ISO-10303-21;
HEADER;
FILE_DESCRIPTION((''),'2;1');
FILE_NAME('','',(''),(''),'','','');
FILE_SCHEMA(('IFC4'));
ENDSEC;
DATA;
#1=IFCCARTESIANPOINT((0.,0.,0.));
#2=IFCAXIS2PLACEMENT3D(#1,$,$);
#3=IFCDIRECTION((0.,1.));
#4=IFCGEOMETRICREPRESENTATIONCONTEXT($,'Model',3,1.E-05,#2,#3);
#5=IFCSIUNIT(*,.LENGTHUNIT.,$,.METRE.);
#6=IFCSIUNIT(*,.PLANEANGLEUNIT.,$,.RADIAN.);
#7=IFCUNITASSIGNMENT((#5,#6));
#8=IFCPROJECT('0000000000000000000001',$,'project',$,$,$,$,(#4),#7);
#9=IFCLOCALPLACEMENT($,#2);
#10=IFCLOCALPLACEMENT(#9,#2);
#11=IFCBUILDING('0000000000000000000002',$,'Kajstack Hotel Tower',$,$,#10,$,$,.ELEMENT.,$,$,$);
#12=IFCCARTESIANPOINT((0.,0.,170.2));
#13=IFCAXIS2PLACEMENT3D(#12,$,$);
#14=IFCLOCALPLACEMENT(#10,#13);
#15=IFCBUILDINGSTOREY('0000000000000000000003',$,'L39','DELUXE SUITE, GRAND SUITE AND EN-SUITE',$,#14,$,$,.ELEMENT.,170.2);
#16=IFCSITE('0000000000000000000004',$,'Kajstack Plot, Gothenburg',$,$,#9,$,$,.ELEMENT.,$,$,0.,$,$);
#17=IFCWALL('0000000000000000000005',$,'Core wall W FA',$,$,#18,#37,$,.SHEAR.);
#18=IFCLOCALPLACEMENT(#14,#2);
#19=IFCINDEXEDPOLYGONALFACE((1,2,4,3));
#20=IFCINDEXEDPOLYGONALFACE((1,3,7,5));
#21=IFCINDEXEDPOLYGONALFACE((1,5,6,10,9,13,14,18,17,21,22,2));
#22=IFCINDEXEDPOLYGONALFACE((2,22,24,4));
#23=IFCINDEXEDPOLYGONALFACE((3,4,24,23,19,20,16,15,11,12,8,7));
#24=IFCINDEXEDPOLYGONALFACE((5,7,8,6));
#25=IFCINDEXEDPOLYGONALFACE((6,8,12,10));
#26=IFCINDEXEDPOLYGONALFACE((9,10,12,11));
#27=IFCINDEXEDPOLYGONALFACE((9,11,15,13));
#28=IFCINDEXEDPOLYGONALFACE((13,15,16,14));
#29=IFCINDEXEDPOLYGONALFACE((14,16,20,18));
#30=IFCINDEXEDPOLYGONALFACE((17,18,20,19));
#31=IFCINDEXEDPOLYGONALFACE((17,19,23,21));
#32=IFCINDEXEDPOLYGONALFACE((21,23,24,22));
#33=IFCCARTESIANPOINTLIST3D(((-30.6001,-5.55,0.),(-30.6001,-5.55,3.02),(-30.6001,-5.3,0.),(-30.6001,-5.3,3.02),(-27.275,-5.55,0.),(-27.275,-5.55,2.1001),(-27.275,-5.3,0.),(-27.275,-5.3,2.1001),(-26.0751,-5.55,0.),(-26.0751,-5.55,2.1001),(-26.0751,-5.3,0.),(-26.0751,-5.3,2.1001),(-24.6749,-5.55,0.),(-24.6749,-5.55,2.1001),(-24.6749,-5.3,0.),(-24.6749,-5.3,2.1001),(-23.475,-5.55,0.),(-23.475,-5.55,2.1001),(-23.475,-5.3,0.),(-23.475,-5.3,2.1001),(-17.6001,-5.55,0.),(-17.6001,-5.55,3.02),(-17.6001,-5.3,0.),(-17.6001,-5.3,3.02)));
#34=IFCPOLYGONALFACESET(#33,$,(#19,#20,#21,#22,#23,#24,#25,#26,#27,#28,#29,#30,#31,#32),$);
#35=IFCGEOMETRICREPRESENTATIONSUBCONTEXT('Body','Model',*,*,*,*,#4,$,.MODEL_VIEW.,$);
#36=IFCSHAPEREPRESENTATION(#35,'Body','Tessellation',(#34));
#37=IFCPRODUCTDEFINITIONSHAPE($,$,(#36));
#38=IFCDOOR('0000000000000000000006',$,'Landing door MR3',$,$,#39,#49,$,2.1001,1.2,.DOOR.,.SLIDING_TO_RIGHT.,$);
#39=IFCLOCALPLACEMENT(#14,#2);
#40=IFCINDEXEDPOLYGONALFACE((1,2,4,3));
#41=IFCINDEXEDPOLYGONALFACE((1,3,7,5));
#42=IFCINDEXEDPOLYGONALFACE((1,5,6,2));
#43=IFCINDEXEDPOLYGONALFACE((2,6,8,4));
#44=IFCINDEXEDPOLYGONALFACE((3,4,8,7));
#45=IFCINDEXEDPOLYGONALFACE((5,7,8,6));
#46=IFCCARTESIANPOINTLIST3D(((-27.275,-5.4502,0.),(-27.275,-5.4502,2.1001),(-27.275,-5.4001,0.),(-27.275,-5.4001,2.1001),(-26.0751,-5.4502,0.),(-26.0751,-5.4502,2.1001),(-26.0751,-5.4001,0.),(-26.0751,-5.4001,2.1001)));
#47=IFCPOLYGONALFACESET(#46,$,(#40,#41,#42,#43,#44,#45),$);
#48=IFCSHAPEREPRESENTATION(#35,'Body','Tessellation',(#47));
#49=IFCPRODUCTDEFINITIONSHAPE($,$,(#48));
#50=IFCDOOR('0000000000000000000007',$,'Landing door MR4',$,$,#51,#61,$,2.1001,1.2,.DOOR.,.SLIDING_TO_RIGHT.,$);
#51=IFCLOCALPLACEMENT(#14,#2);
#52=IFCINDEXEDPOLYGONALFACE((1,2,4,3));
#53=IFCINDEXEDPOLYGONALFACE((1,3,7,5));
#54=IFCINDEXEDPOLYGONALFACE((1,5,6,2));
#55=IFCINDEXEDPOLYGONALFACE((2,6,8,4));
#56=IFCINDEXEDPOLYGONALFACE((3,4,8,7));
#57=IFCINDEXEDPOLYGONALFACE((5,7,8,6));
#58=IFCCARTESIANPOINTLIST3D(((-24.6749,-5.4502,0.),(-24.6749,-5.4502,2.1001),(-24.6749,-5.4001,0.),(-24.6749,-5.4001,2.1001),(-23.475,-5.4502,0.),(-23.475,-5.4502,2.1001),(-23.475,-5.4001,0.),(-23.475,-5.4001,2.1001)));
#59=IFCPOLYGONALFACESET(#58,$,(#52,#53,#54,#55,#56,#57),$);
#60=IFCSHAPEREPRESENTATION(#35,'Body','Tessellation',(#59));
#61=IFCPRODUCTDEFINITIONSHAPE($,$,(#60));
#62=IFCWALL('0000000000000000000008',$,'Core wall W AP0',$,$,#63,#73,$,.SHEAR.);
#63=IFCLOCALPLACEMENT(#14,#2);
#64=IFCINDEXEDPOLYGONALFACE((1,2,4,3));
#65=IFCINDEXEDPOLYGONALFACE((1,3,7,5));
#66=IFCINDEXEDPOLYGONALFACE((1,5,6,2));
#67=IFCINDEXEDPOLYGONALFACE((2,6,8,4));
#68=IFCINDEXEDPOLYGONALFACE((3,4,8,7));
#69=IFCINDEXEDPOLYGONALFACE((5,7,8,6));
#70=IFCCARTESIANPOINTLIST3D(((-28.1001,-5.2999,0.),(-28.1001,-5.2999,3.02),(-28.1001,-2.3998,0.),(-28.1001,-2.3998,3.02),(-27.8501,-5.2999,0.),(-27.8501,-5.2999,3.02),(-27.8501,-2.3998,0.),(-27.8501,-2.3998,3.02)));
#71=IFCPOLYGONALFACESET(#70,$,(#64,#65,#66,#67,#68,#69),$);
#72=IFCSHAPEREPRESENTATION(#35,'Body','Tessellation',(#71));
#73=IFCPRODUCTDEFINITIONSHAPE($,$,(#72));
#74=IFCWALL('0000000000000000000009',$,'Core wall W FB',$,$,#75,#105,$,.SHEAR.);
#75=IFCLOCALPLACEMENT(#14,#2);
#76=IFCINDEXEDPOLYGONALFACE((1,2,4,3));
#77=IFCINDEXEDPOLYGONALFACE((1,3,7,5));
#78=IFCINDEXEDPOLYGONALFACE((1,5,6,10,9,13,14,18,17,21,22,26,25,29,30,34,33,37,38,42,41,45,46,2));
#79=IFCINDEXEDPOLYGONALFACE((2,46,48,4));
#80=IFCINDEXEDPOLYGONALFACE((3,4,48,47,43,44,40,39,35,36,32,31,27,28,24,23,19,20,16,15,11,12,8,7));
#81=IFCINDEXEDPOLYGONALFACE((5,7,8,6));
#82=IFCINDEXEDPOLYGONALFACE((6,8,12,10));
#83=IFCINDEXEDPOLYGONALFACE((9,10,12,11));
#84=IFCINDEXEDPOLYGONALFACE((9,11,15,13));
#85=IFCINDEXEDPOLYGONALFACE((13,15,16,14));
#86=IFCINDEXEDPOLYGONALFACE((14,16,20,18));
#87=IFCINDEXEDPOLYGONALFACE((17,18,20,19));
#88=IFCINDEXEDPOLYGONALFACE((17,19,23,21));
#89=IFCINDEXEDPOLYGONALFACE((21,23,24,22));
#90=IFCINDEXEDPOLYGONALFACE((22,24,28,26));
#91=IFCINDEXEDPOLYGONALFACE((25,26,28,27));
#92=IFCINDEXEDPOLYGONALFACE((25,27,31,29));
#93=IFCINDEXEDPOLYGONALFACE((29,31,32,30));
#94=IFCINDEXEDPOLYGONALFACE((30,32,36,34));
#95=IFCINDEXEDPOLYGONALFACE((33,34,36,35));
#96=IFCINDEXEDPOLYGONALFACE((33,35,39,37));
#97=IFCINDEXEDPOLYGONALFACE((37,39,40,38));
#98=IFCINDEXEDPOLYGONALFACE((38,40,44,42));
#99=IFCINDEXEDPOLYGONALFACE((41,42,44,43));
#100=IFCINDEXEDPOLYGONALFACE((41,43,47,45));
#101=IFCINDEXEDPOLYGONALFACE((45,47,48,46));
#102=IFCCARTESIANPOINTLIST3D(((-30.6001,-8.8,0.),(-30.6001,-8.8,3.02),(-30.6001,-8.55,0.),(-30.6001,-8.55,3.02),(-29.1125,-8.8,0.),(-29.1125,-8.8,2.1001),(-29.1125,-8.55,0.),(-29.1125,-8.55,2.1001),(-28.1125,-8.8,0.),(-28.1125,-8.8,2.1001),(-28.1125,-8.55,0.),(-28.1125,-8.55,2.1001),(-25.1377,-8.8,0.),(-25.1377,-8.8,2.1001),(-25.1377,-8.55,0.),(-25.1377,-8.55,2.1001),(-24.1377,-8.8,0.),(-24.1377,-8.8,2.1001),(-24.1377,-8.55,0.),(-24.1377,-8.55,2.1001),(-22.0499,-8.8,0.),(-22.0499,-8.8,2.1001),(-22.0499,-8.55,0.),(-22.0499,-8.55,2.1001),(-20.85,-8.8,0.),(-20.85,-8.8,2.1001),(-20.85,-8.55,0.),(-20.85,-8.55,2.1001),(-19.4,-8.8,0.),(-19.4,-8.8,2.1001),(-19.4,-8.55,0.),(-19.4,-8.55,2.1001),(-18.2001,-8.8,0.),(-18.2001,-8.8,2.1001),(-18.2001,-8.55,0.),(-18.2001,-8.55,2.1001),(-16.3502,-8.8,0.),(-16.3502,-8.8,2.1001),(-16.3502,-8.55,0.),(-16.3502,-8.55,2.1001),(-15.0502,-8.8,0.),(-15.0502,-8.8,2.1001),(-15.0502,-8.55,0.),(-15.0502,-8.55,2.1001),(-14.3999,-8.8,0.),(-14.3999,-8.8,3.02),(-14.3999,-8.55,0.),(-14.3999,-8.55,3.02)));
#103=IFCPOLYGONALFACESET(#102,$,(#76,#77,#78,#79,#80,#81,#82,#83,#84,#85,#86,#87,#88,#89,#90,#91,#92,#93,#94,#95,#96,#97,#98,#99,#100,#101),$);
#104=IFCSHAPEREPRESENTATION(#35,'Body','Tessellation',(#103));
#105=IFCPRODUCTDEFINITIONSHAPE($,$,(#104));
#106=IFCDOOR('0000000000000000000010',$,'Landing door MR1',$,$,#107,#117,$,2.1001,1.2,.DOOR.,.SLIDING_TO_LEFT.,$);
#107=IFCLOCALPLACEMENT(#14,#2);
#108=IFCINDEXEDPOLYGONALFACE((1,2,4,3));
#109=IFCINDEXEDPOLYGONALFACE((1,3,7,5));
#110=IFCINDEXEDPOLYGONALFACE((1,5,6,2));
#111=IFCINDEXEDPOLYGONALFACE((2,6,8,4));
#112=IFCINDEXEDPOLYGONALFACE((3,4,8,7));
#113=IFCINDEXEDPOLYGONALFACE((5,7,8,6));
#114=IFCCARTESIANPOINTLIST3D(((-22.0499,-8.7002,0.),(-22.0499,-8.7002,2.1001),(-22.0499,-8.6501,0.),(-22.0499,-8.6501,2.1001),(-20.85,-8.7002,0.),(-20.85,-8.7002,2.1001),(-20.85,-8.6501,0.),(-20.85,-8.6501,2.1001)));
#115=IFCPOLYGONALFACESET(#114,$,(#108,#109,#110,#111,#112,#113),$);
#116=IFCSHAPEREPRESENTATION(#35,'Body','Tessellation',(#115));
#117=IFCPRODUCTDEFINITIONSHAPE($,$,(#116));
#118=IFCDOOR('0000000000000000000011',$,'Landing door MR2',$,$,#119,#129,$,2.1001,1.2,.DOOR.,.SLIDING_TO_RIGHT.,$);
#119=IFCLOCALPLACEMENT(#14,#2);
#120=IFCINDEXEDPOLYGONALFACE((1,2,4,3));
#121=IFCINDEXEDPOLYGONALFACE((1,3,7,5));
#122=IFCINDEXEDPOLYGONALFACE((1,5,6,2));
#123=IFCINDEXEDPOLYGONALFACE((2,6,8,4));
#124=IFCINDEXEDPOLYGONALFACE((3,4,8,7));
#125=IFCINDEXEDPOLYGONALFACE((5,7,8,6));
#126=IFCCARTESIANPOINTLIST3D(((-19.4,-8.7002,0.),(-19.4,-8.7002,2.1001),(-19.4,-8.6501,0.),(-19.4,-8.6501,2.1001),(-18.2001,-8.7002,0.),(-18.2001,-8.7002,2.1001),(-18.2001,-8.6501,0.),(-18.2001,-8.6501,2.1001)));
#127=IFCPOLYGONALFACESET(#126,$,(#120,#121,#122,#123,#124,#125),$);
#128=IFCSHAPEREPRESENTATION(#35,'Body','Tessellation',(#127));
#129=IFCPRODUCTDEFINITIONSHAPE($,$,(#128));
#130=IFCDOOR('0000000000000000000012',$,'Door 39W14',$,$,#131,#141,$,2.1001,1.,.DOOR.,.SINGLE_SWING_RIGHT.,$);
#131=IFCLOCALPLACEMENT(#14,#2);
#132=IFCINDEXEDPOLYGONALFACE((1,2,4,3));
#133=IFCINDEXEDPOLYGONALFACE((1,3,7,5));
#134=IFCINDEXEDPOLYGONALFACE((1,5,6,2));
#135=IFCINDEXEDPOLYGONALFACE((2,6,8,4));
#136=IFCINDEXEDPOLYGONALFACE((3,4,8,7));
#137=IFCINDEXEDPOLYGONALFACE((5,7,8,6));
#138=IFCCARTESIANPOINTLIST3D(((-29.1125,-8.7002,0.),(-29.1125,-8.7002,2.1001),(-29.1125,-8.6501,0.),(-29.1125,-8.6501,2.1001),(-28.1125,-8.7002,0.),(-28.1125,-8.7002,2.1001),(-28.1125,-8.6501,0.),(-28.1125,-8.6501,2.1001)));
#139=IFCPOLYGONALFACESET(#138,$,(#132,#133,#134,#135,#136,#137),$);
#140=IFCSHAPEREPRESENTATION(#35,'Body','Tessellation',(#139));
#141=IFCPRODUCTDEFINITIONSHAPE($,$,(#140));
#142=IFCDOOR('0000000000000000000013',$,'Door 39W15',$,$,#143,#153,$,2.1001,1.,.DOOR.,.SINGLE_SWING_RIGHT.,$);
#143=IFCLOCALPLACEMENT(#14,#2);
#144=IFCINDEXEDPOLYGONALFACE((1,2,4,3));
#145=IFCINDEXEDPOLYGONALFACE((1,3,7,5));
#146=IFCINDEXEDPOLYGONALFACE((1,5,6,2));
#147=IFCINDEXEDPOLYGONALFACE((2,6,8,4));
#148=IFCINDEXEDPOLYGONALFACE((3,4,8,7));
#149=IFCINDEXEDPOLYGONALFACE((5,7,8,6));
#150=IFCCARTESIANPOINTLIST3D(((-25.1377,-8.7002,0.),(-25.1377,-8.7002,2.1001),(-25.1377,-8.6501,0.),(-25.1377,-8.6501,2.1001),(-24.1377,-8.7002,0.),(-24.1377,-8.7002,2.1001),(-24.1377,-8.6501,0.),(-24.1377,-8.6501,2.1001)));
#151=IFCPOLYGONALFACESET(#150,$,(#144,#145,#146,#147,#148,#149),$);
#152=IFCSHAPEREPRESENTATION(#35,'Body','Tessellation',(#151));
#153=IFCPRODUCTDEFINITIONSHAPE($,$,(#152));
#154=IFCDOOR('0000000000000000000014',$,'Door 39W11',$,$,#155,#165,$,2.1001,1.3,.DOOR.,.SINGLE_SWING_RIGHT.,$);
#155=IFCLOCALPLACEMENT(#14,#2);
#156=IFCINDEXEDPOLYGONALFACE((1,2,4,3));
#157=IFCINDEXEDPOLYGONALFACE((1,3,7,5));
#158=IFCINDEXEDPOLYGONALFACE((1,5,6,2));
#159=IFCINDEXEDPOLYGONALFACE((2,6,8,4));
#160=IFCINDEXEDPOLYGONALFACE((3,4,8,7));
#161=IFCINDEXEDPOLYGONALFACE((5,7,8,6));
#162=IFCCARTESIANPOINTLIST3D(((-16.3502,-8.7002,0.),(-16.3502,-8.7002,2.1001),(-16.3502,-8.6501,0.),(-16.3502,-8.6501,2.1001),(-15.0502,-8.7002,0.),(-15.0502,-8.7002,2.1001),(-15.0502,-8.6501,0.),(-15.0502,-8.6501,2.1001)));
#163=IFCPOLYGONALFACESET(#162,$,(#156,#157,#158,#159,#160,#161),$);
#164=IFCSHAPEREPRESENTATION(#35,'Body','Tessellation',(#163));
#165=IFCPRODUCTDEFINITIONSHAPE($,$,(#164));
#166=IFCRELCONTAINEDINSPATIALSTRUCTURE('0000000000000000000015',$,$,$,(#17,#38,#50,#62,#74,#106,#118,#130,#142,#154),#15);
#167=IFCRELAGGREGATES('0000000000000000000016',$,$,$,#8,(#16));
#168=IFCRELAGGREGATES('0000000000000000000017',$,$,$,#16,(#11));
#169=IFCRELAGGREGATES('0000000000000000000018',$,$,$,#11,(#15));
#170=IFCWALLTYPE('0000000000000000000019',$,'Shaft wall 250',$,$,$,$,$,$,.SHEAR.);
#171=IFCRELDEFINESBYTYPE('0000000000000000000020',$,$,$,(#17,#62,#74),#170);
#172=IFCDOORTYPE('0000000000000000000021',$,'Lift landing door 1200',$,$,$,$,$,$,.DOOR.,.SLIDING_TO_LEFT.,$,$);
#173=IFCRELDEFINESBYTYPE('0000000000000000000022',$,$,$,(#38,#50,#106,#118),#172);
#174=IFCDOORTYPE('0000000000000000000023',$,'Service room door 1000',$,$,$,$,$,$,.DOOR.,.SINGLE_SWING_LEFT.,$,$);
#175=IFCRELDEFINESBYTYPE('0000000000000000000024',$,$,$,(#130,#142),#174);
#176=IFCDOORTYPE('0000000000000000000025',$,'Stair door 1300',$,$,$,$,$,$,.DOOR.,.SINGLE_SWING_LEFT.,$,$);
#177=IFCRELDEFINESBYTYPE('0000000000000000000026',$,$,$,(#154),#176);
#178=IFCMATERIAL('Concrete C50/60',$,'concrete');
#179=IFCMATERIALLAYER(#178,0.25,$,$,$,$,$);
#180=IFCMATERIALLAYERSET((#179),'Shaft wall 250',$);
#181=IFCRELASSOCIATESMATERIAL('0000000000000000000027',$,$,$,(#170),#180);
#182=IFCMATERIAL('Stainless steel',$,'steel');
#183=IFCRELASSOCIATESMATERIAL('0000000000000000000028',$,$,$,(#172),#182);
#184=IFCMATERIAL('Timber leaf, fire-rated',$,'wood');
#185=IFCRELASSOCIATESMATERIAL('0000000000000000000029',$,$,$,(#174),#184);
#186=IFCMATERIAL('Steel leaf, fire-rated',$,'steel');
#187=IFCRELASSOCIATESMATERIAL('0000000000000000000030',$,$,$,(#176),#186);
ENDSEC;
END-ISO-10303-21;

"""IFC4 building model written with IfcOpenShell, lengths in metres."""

from ifc_helpers import new_model, si_unit, direction, frame, frame_2d, origin, place, context, subcontext, project, spatial, rectangle, extrude, material, layer, layer_set, type_object, element, fill, save


model = new_model("IFC4")

# Units and contexts
model_context = context("Model", 3, precision=1e-05, world=origin(), true_north=direction((0.0, 1.0)))
body_context = subcontext(model_context, "Body", "Model", "MODEL_VIEW")
ifc_project = project(units=[si_unit("LENGTHUNIT", "METRE"), si_unit("PLANEANGLEUNIT", "RADIAN")], contexts=[model_context])

# Site, building, storey
site_placement = place(None, origin())
site = spatial("IfcSite", under=ifc_project, at=site_placement, Name="Kajstack Plot, Gothenburg", CompositionType="ELEMENT", RefElevation=0.0)
building_placement = place(site_placement, origin())
building = spatial("IfcBuilding", under=site, at=building_placement, Name="Kajstack Hotel Tower", CompositionType="ELEMENT")
storey_placement = place(building_placement, frame((0.0, 0.0, 170.2)))
storey = spatial("IfcBuildingStorey", under=building, at=storey_placement, Name="L39", Description="DELUXE SUITE, GRAND SUITE AND EN-SUITE", CompositionType="ELEMENT", Elevation=170.2)

# Wall, openings, doors
ifc_material_1 = material(Name="Concrete C50/60", Category="concrete")
ifc_layer_1 = layer(ifc_material_1, 0.25)
ifc_layer_set_1 = layer_set([ifc_layer_1], Name="Shaft wall 250")
wall_type_1 = type_object("IfcWallType", Name="Shaft wall 250", PredefinedType="SHEAR", material=ifc_layer_set_1)
wall_1_placement = place(storey_placement, frame((-30.6001, -5.425, 0.0), z_axis=(0.0, 0.0, 1.0), x_axis=(1.0, 0.0, 0.0)))
wall_1 = element("IfcWall", 1, at=wall_1_placement, inside=storey, type_object=wall_type_1, Name="Core wall W FA", PredefinedType="SHEAR", context=body_context, shape_type="SweptSolid", body=[
    extrude(rectangle(XDim=13.0, YDim=0.25, at=frame_2d((6.5, 0.0))), origin(), (0.0, 0.0, 1.0), 3.02),
])
opening_1_placement = place(wall_1_placement, frame((3.325, 0.0, 0.0)))
opening_1 = element("IfcOpeningElement", 2, at=opening_1_placement, cuts=wall_1, PredefinedType="OPENING", context=body_context, shape_type="SweptSolid", body=[
    extrude(rectangle(XDim=1.2, YDim=2.1001, at=frame_2d((0.6001, 1.05))), frame((0.0, 0.135, 0.0), z_axis=(0.0, -1.0, 0.0), x_axis=(1.0, 0.0, 0.0)), (0.0, 0.0, 1.0), 0.27),
])
opening_2_placement = place(wall_1_placement, frame((5.925, 0.0, 0.0)))
opening_2 = element("IfcOpeningElement", 3, at=opening_2_placement, cuts=wall_1, PredefinedType="OPENING", context=body_context, shape_type="SweptSolid", body=[
    extrude(rectangle(XDim=1.2, YDim=2.1001, at=frame_2d((0.6001, 1.05))), frame((0.0, 0.135, 0.0), z_axis=(0.0, -1.0, 0.0), x_axis=(1.0, 0.0, 0.0)), (0.0, 0.0, 1.0), 0.27),
])
ifc_material_2 = material(Name="Stainless steel", Category="steel")
door_type_1 = type_object("IfcDoorType", Name="Lift landing door 1200", OperationType="SLIDING_TO_LEFT", PredefinedType="DOOR", material=ifc_material_2)
door_1_placement = place(opening_1_placement, origin())
door_1 = element("IfcDoor", 4, at=door_1_placement, inside=storey, type_object=door_type_1, Name="Landing door MR3", OperationType="SLIDING_TO_RIGHT", OverallHeight=2.1001, OverallWidth=1.2, PredefinedType="DOOR", context=body_context, shape_type="SweptSolid", body=[
    extrude(rectangle(XDim=1.2, YDim=2.1001, at=frame_2d((0.6001, 1.05))), frame((0.0, 0.0249, 0.0), z_axis=(0.0, -1.0, 0.0), x_axis=(1.0, 0.0, 0.0)), (0.0, 0.0, 1.0), 0.05),
])
fill(opening_1, door_1)
door_2_placement = place(opening_2_placement, origin())
door_2 = element("IfcDoor", 5, at=door_2_placement, inside=storey, type_object=door_type_1, Name="Landing door MR4", OperationType="SLIDING_TO_RIGHT", OverallHeight=2.1001, OverallWidth=1.2, PredefinedType="DOOR", context=body_context, shape_type="SweptSolid", body=[
    extrude(rectangle(XDim=1.2, YDim=2.1001, at=frame_2d((0.6001, 1.05))), frame((0.0, 0.0249, 0.0), z_axis=(0.0, -1.0, 0.0), x_axis=(1.0, 0.0, 0.0)), (0.0, 0.0, 1.0), 0.05),
])
fill(opening_2, door_2)

# Wall
wall_2_placement = place(storey_placement, frame((-27.9751, -5.3, 0.0), z_axis=(0.0, 0.0, 1.0), x_axis=(0.0, 1.0, 0.0)))
element("IfcWall", 6, at=wall_2_placement, inside=storey, type_object=wall_type_1, Name="Core wall W AP0", PredefinedType="SHEAR", context=body_context, shape_type="SweptSolid", body=[
    extrude(rectangle(XDim=2.9001, YDim=0.25, at=frame_2d((1.4502, 0.0))), origin(), (0.0, 0.0, 1.0), 3.02),
])

# Wall, openings, doors
wall_3_placement = place(storey_placement, frame((-30.6001, -8.675, 0.0), z_axis=(0.0, 0.0, 1.0), x_axis=(1.0, 0.0, 0.0)))
wall_3 = element("IfcWall", 7, at=wall_3_placement, inside=storey, type_object=wall_type_1, Name="Core wall W FB", PredefinedType="SHEAR", context=body_context, shape_type="SweptSolid", body=[
    extrude(rectangle(XDim=16.2002, YDim=0.25, at=frame_2d((8.1001, 0.0))), origin(), (0.0, 0.0, 1.0), 3.02),
])
opening_3_placement = place(wall_3_placement, frame((8.55, 0.0, 0.0)))
opening_3 = element("IfcOpeningElement", 8, at=opening_3_placement, cuts=wall_3, PredefinedType="OPENING", context=body_context, shape_type="SweptSolid", body=[
    extrude(rectangle(XDim=1.2, YDim=2.1001, at=frame_2d((0.6001, 1.05))), frame((0.0, 0.135, 0.0), z_axis=(0.0, -1.0, 0.0), x_axis=(1.0, 0.0, 0.0)), (0.0, 0.0, 1.0), 0.27),
])
opening_4_placement = place(wall_3_placement, frame((11.2, 0.0, 0.0)))
opening_4 = element("IfcOpeningElement", 9, at=opening_4_placement, cuts=wall_3, PredefinedType="OPENING", context=body_context, shape_type="SweptSolid", body=[
    extrude(rectangle(XDim=1.2, YDim=2.1001, at=frame_2d((0.6001, 1.05))), frame((0.0, 0.135, 0.0), z_axis=(0.0, -1.0, 0.0), x_axis=(1.0, 0.0, 0.0)), (0.0, 0.0, 1.0), 0.27),
])
opening_5_placement = place(wall_3_placement, frame((14.25, 0.0, 0.0)))
opening_5 = element("IfcOpeningElement", 10, at=opening_5_placement, cuts=wall_3, PredefinedType="OPENING", context=body_context, shape_type="SweptSolid", body=[
    extrude(rectangle(XDim=1.3, YDim=2.1001, at=frame_2d((0.6499, 1.05))), frame((0.0, 0.135, 0.0), z_axis=(0.0, -1.0, 0.0), x_axis=(1.0, 0.0, 0.0)), (0.0, 0.0, 1.0), 0.27),
])
opening_6_placement = place(wall_3_placement, frame((1.4875, 0.0, 0.0)))
opening_6 = element("IfcOpeningElement", 11, at=opening_6_placement, cuts=wall_3, PredefinedType="OPENING", context=body_context, shape_type="SweptSolid", body=[
    extrude(rectangle(XDim=1.0, YDim=2.1001, at=frame_2d((0.5, 1.05))), frame((0.0, 0.135, 0.0), z_axis=(0.0, -1.0, 0.0), x_axis=(1.0, 0.0, 0.0)), (0.0, 0.0, 1.0), 0.27),
])
opening_7_placement = place(wall_3_placement, frame((5.4624, 0.0, 0.0)))
opening_7 = element("IfcOpeningElement", 12, at=opening_7_placement, cuts=wall_3, PredefinedType="OPENING", context=body_context, shape_type="SweptSolid", body=[
    extrude(rectangle(XDim=1.0, YDim=2.1001, at=frame_2d((0.5, 1.05))), frame((0.0, 0.135, 0.0), z_axis=(0.0, -1.0, 0.0), x_axis=(1.0, 0.0, 0.0)), (0.0, 0.0, 1.0), 0.27),
])
door_3_placement = place(opening_3_placement, origin())
door_3 = element("IfcDoor", 13, at=door_3_placement, inside=storey, type_object=door_type_1, Name="Landing door MR1", OperationType="SLIDING_TO_LEFT", OverallHeight=2.1001, OverallWidth=1.2, PredefinedType="DOOR", context=body_context, shape_type="SweptSolid", body=[
    extrude(rectangle(XDim=1.2, YDim=2.1001, at=frame_2d((0.6001, 1.05))), frame((0.0, 0.0249, 0.0), z_axis=(0.0, -1.0, 0.0), x_axis=(1.0, 0.0, 0.0)), (0.0, 0.0, 1.0), 0.05),
])
fill(opening_3, door_3)
door_4_placement = place(opening_4_placement, origin())
door_4 = element("IfcDoor", 14, at=door_4_placement, inside=storey, type_object=door_type_1, Name="Landing door MR2", OperationType="SLIDING_TO_RIGHT", OverallHeight=2.1001, OverallWidth=1.2, PredefinedType="DOOR", context=body_context, shape_type="SweptSolid", body=[
    extrude(rectangle(XDim=1.2, YDim=2.1001, at=frame_2d((0.6001, 1.05))), frame((0.0, 0.0249, 0.0), z_axis=(0.0, -1.0, 0.0), x_axis=(1.0, 0.0, 0.0)), (0.0, 0.0, 1.0), 0.05),
])
fill(opening_4, door_4)
ifc_material_3 = material(Name="Timber leaf, fire-rated", Category="wood")
door_type_2 = type_object("IfcDoorType", Name="Service room door 1000", OperationType="SINGLE_SWING_LEFT", PredefinedType="DOOR", material=ifc_material_3)
door_5_placement = place(opening_6_placement, origin())
door_5 = element("IfcDoor", 15, at=door_5_placement, inside=storey, type_object=door_type_2, Name="Door 39W14", OperationType="SINGLE_SWING_RIGHT", OverallHeight=2.1001, OverallWidth=1.0, PredefinedType="DOOR", context=body_context, shape_type="SweptSolid", body=[
    extrude(rectangle(XDim=1.0, YDim=2.1001, at=frame_2d((0.5, 1.05))), frame((0.0, 0.0249, 0.0), z_axis=(0.0, -1.0, 0.0), x_axis=(1.0, 0.0, 0.0)), (0.0, 0.0, 1.0), 0.05),
])
fill(opening_6, door_5)
door_6_placement = place(opening_7_placement, origin())
door_6 = element("IfcDoor", 16, at=door_6_placement, inside=storey, type_object=door_type_2, Name="Door 39W15", OperationType="SINGLE_SWING_RIGHT", OverallHeight=2.1001, OverallWidth=1.0, PredefinedType="DOOR", context=body_context, shape_type="SweptSolid", body=[
    extrude(rectangle(XDim=1.0, YDim=2.1001, at=frame_2d((0.5, 1.05))), frame((0.0, 0.0249, 0.0), z_axis=(0.0, -1.0, 0.0), x_axis=(1.0, 0.0, 0.0)), (0.0, 0.0, 1.0), 0.05),
])
fill(opening_7, door_6)
ifc_material_4 = material(Name="Steel leaf, fire-rated", Category="steel")
door_type_3 = type_object("IfcDoorType", Name="Stair door 1300", OperationType="SINGLE_SWING_LEFT", PredefinedType="DOOR", material=ifc_material_4)
door_7_placement = place(opening_5_placement, origin())
door_7 = element("IfcDoor", 17, at=door_7_placement, inside=storey, type_object=door_type_3, Name="Door 39W11", OperationType="SINGLE_SWING_RIGHT", OverallHeight=2.1001, OverallWidth=1.3, PredefinedType="DOOR", context=body_context, shape_type="SweptSolid", body=[
    extrude(rectangle(XDim=1.3, YDim=2.1001, at=frame_2d((0.6499, 1.05))), frame((0.0, 0.0249, 0.0), z_axis=(0.0, -1.0, 0.0), x_axis=(1.0, 0.0, 0.0)), (0.0, 0.0, 1.0), 0.05),
])
fill(opening_5, door_7)

save(model, "model.ifc")
